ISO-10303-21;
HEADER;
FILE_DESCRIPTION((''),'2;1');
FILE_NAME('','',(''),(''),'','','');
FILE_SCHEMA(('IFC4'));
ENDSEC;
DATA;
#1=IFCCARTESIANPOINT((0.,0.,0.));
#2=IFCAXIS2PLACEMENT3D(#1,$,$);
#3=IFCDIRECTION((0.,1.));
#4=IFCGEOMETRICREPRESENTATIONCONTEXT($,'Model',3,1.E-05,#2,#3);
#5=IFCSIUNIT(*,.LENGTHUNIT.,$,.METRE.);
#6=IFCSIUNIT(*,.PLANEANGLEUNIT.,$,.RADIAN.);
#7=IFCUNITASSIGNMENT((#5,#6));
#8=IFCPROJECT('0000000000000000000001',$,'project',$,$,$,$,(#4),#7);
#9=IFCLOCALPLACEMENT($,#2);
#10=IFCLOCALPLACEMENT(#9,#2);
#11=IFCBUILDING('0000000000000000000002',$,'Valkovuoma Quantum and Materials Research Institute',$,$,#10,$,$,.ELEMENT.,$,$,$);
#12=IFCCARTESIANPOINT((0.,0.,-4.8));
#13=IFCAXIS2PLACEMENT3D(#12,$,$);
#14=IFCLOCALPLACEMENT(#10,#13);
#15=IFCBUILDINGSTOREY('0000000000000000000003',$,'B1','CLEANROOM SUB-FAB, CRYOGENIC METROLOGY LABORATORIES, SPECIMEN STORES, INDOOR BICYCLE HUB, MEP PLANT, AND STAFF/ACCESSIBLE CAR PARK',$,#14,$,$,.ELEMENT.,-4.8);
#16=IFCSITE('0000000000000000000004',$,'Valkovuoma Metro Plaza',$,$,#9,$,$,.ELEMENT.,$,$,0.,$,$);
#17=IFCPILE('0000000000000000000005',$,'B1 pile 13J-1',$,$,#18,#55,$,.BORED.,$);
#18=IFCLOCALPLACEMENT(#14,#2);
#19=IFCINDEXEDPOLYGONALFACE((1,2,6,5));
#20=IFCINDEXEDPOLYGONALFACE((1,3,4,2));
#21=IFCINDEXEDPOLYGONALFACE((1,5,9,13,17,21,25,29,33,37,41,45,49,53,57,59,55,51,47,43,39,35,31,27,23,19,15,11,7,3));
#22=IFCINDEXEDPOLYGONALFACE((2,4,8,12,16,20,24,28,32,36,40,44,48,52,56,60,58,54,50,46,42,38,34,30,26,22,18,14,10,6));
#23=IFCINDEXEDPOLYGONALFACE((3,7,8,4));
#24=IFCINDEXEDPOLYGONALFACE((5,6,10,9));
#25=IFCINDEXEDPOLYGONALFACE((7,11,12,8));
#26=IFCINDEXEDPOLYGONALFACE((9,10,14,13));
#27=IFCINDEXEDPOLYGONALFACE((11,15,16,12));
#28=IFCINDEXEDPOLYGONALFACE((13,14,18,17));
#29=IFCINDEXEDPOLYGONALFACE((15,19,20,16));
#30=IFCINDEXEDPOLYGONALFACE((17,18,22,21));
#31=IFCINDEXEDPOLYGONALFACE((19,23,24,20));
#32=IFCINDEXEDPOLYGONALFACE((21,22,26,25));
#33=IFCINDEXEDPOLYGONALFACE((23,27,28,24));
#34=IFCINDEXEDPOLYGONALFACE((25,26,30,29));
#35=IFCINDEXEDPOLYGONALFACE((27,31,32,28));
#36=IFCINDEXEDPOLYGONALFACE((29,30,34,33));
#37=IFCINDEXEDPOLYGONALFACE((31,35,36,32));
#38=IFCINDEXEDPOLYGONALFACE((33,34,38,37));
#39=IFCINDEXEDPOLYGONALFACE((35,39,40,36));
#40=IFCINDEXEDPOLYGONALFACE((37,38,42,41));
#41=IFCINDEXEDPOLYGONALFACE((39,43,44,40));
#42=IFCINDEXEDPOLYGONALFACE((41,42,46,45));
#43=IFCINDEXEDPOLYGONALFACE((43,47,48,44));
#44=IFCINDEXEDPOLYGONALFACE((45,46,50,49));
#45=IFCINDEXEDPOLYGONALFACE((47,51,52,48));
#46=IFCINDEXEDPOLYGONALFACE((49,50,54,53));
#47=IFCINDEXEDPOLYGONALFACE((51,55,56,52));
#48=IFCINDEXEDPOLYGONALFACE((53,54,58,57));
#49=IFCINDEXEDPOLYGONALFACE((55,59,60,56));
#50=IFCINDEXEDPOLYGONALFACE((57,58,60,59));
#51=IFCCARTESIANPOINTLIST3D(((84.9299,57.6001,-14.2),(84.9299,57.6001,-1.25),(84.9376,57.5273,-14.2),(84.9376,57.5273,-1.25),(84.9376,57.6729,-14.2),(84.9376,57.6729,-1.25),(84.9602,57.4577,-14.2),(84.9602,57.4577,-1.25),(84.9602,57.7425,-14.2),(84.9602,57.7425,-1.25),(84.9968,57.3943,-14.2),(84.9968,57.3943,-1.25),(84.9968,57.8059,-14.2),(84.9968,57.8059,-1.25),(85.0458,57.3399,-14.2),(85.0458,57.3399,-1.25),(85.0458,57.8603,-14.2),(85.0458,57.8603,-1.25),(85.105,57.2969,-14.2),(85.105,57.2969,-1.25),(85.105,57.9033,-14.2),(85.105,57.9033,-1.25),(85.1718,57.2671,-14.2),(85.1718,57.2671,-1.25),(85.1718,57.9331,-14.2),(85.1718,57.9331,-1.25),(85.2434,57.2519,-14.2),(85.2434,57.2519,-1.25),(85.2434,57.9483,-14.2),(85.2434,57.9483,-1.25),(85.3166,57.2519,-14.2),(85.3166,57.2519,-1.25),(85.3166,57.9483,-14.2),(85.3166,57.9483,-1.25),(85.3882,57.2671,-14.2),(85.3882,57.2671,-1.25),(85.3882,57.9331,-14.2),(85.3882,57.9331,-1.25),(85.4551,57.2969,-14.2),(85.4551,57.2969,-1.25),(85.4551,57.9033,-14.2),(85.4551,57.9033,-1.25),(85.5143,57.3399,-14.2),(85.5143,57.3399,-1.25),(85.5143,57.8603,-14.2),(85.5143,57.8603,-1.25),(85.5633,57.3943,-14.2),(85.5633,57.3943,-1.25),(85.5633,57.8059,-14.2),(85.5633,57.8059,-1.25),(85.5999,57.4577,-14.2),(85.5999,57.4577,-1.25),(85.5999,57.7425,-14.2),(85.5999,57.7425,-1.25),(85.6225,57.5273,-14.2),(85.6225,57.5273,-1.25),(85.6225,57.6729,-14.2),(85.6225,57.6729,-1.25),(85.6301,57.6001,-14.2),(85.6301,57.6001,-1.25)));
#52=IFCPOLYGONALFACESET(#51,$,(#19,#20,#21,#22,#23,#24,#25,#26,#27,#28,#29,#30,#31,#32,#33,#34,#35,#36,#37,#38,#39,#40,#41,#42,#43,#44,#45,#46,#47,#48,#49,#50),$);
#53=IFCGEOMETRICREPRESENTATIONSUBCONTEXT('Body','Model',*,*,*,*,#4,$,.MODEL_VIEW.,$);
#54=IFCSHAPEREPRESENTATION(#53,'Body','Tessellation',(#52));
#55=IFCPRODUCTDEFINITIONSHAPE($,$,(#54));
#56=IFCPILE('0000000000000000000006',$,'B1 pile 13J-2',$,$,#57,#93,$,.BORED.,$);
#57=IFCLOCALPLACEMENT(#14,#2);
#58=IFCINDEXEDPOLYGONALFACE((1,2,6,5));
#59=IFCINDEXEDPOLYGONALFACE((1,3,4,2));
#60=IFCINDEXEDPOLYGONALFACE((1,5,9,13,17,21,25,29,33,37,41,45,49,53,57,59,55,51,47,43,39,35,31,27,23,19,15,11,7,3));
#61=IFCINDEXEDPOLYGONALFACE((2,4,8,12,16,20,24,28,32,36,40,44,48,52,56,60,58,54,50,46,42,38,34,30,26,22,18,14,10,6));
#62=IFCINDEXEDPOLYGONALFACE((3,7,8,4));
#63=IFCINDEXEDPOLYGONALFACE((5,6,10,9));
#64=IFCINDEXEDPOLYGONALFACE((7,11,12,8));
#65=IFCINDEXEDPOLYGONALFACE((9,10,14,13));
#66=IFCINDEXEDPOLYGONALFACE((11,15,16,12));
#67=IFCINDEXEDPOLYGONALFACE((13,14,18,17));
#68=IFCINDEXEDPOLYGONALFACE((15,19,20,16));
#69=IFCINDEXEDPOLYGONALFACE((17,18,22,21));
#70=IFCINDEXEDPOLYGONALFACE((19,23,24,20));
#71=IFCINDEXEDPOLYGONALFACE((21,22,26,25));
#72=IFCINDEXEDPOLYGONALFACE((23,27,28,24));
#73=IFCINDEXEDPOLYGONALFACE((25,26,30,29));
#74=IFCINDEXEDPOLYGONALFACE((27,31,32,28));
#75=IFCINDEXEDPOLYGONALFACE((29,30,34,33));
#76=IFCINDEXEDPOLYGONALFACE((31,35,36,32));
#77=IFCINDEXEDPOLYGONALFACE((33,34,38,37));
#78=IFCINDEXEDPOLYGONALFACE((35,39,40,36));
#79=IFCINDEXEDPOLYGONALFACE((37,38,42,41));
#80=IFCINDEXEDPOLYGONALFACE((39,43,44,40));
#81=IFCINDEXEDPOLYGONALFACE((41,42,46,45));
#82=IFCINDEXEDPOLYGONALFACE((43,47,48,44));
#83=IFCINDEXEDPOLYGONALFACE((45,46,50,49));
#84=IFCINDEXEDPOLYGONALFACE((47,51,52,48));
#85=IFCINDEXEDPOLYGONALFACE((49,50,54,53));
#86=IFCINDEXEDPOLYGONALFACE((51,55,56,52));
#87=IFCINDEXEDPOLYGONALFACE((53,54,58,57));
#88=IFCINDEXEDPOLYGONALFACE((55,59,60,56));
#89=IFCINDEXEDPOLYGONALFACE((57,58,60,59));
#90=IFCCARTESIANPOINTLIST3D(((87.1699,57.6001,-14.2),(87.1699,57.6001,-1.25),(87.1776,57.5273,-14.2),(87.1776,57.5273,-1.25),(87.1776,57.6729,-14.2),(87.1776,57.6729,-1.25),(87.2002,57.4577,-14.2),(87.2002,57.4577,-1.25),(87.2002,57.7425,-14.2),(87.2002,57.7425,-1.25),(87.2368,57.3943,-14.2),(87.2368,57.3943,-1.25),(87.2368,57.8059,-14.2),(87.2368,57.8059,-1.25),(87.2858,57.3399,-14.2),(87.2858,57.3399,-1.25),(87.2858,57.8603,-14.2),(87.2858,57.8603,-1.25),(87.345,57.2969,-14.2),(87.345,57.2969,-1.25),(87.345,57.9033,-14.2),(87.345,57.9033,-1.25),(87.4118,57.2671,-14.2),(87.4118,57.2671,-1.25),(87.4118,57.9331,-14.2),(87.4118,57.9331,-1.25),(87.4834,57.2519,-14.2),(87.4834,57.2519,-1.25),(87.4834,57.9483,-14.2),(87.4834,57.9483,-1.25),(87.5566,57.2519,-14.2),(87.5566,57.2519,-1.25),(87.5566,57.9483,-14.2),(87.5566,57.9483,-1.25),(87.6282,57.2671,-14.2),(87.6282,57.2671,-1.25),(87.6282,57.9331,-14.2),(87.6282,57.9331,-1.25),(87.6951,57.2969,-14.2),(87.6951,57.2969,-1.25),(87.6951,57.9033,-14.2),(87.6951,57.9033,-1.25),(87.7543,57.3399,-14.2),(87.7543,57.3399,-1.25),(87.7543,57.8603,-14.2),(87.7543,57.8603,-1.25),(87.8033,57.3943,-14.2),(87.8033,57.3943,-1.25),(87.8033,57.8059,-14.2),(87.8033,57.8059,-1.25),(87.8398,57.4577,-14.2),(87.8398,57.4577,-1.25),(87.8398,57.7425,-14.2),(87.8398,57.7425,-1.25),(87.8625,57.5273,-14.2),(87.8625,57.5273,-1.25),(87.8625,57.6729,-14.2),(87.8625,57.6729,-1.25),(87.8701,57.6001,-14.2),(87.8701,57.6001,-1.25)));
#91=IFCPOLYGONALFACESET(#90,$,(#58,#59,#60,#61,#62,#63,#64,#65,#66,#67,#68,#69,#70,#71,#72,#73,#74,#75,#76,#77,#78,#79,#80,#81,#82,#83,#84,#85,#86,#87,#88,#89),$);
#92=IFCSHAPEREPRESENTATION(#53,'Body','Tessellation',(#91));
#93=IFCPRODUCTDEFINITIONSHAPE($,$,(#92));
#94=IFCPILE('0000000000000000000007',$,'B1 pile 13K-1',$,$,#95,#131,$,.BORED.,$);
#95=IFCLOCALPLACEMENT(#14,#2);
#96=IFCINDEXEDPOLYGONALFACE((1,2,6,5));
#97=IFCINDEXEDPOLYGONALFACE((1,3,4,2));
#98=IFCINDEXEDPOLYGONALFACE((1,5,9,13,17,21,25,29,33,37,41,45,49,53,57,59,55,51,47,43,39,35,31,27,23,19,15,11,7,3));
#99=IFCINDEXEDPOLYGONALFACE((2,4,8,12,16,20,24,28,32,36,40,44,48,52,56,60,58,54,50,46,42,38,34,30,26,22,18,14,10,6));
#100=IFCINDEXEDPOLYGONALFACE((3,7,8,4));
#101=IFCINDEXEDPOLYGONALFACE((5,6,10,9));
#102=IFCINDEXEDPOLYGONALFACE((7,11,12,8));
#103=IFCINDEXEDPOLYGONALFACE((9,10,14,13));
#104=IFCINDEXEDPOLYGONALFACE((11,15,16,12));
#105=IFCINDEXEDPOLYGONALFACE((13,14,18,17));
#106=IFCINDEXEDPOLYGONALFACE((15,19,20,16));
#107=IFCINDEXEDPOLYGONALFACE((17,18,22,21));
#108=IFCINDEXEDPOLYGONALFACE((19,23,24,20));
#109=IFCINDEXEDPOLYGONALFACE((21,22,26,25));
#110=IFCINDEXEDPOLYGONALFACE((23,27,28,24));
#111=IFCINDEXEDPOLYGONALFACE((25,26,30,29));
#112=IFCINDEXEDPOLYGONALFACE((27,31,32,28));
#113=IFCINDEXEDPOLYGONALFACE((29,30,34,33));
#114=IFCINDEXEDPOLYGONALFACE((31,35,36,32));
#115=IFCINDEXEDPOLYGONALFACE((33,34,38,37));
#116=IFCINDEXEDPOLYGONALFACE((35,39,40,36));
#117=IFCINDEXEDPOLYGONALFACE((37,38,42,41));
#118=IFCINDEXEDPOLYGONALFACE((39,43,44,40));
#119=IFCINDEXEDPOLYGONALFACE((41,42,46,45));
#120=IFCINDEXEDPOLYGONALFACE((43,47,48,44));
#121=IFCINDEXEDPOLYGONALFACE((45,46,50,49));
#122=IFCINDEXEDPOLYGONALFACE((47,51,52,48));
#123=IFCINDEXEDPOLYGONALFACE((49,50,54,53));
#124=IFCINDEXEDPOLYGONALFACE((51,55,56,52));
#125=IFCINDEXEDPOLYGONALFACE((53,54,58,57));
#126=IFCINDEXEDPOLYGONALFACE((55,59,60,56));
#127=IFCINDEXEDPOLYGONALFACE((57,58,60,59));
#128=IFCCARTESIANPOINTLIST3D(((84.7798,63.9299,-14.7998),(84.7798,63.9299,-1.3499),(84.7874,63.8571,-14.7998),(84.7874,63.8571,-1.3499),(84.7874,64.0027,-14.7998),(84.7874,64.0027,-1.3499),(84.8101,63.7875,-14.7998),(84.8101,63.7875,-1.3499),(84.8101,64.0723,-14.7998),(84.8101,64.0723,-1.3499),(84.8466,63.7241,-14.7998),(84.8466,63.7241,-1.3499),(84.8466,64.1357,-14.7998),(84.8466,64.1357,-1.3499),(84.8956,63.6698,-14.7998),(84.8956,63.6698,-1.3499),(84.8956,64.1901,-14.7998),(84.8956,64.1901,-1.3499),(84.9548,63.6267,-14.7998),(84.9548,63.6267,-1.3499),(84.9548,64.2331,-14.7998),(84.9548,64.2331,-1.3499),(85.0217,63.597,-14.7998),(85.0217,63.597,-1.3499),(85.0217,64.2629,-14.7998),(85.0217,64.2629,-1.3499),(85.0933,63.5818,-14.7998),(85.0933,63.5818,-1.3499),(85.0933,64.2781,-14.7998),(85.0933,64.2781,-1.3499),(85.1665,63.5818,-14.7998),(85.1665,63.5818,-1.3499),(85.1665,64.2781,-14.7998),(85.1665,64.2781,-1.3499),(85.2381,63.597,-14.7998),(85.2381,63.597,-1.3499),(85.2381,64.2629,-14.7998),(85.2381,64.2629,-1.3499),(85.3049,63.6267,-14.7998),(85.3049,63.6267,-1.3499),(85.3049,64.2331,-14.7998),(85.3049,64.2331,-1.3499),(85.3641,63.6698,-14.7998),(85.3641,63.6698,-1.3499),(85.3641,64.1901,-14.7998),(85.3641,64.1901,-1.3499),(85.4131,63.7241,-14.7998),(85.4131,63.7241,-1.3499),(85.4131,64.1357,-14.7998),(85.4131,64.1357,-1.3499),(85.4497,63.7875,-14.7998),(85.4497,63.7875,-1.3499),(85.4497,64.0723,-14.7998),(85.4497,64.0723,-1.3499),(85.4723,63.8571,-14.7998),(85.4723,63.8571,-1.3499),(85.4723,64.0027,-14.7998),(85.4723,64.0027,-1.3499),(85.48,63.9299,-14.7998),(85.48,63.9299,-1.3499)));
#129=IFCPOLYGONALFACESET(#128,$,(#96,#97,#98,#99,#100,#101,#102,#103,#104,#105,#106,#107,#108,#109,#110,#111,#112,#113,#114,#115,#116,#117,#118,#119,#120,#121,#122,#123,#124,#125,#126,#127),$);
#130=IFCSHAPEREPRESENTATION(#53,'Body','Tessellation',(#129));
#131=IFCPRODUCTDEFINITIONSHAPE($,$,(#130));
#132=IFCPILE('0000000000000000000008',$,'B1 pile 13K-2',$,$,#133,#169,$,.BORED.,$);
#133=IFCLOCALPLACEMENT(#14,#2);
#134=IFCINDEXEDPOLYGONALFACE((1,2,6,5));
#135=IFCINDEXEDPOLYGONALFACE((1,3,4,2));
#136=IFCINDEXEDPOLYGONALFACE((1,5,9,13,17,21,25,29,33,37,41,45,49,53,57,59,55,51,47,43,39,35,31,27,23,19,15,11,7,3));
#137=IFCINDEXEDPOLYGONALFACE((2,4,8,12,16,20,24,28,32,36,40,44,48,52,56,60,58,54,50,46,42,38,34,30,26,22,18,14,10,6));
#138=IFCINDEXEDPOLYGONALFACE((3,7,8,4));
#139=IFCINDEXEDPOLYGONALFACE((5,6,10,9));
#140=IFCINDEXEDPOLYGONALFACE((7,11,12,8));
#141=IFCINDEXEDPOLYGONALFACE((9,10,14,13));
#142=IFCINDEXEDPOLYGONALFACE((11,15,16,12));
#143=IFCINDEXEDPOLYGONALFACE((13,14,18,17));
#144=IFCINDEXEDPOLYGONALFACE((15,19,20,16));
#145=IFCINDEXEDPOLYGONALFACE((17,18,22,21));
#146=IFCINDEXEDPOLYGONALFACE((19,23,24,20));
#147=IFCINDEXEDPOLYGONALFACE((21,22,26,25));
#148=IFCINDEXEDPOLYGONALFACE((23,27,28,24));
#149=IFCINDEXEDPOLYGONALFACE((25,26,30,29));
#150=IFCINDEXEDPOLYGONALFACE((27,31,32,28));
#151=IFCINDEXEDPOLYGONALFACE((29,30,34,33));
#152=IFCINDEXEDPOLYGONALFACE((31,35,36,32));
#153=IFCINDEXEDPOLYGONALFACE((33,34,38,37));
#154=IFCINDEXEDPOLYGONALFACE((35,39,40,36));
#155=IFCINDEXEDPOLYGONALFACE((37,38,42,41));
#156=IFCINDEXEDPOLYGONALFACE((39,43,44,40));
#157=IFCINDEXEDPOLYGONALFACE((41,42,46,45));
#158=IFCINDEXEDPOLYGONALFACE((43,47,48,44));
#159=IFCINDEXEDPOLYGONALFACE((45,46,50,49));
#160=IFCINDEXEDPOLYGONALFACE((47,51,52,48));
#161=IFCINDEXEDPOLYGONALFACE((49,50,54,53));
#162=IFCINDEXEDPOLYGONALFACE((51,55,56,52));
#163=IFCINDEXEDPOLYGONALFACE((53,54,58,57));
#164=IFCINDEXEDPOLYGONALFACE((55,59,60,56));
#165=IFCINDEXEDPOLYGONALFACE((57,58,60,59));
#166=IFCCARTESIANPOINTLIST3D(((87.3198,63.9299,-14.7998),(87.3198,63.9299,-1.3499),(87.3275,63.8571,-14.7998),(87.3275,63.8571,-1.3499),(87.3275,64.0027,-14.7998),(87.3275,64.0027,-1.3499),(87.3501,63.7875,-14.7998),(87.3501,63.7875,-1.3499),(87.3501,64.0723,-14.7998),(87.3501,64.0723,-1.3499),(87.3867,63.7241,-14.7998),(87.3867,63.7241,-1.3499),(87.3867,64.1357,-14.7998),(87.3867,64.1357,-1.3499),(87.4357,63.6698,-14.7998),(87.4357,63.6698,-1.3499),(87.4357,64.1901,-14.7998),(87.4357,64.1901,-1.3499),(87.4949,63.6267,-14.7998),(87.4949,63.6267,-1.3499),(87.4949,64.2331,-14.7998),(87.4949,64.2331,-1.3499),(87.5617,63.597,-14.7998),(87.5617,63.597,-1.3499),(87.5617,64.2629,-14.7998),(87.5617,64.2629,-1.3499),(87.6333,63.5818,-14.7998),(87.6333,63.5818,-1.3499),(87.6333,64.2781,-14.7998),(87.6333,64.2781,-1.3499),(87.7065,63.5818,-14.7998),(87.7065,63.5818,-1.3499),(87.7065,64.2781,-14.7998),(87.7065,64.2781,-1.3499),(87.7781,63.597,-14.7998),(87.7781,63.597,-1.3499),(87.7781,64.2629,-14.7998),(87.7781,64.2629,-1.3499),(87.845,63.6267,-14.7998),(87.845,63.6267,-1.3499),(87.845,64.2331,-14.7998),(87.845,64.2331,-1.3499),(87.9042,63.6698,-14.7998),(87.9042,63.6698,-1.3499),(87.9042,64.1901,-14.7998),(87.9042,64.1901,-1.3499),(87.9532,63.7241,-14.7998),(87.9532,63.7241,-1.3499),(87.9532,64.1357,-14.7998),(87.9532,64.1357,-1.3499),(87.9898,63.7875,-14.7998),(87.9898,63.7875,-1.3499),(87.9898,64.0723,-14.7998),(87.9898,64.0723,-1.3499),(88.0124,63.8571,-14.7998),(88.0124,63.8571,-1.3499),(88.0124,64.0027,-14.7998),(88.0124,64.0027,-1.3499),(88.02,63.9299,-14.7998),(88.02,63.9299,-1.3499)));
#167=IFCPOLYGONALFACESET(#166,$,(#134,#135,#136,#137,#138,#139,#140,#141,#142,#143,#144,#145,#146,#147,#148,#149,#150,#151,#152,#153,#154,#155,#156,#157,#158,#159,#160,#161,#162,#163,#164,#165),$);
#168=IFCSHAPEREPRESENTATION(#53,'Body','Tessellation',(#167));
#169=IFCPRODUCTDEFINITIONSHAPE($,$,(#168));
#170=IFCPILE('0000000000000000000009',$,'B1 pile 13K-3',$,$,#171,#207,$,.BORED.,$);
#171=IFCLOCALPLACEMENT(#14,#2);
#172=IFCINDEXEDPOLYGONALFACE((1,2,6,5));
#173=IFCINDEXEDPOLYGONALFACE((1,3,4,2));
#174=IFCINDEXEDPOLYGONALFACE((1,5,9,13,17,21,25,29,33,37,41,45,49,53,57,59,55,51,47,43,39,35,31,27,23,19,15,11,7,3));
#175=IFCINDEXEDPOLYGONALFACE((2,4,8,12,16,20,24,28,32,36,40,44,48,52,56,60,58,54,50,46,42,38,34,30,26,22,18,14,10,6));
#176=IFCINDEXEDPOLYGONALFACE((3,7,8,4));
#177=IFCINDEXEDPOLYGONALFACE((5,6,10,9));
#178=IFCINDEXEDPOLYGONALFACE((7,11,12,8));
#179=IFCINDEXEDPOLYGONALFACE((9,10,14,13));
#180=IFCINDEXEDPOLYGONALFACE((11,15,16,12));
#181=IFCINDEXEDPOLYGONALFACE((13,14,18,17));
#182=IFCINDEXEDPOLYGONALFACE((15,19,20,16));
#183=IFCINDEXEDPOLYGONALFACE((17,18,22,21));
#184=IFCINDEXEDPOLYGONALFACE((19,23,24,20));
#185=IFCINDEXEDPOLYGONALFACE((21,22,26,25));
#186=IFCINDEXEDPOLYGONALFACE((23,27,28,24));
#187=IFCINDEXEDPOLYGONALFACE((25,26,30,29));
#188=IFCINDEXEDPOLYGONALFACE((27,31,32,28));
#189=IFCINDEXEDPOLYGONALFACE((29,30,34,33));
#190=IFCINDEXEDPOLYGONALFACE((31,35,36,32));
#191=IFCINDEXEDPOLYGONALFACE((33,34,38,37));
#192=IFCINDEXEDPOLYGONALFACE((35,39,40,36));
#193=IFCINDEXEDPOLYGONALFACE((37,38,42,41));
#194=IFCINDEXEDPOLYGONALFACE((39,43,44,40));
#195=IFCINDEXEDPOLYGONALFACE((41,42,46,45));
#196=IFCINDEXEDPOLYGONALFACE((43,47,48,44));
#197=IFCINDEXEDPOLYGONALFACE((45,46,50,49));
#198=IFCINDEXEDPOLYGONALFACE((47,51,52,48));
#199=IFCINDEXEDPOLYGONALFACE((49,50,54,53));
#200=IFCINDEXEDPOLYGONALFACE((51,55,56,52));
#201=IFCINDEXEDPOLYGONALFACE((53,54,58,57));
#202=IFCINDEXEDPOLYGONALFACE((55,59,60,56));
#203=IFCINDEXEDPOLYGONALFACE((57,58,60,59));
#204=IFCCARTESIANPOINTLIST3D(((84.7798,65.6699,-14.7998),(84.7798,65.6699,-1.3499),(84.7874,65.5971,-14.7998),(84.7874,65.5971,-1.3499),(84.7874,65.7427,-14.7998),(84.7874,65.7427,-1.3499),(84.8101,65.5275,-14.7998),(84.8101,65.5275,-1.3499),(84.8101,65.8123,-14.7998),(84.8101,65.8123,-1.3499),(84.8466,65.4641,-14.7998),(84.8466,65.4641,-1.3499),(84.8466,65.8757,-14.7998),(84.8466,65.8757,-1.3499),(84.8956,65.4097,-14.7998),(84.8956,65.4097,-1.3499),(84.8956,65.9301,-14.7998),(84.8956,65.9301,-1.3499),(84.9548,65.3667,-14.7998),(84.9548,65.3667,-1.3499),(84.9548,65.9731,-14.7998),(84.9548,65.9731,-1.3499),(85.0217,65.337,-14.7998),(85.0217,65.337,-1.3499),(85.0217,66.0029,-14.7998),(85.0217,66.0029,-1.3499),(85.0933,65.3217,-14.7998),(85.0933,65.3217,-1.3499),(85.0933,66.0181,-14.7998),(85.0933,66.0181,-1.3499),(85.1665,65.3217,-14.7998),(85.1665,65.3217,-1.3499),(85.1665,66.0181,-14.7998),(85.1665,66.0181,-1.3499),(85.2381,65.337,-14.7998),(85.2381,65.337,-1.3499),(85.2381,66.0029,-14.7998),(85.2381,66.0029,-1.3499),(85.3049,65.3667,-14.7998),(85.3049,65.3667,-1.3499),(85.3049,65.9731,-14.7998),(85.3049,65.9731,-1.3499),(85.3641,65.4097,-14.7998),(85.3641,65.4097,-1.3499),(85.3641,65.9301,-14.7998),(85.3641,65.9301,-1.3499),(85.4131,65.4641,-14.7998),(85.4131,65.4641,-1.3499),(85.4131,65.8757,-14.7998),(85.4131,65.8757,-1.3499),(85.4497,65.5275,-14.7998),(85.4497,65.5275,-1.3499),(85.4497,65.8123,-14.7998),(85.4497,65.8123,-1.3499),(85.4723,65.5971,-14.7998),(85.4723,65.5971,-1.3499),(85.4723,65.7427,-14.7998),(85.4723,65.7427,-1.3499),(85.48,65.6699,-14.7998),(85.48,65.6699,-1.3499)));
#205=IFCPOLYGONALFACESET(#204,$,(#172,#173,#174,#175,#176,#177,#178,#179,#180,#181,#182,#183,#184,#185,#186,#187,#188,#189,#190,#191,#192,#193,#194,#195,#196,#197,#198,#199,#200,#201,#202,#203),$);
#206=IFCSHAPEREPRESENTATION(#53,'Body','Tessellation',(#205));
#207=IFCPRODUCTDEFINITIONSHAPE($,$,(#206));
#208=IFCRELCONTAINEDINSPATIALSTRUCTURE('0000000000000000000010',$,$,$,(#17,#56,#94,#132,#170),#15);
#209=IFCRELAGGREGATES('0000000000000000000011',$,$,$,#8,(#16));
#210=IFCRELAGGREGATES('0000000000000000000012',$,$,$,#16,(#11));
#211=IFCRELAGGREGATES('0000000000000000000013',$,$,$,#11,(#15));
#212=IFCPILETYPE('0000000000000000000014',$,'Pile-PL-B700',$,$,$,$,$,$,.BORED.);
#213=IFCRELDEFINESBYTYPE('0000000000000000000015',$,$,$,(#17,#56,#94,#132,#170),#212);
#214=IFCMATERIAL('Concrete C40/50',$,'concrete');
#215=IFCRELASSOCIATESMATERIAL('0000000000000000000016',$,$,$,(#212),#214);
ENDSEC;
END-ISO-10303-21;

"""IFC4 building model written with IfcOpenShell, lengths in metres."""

from ifc_helpers import new_model, si_unit, direction, frame, origin, origin_2d, place, context, subcontext, project, spatial, circle, extrude, material, material_profile, profile_set, type_object, element, save


model = new_model("IFC4")

# Units and contexts
model_context = context("Model", 3, precision=1e-05, world=origin(), true_north=direction((0.0, 1.0)))
body_context = subcontext(model_context, "Body", "Model", "MODEL_VIEW")
ifc_project = project(units=[si_unit("LENGTHUNIT", "METRE"), si_unit("PLANEANGLEUNIT", "RADIAN")], contexts=[model_context])

# Site, building, storey
site_placement = place(None, origin())
site = spatial("IfcSite", under=ifc_project, at=site_placement, Name="Valkovuoma Metro Plaza", CompositionType="ELEMENT", RefElevation=0.0)
building_placement = place(site_placement, origin())
building = spatial("IfcBuilding", under=site, at=building_placement, Name="Valkovuoma Quantum and Materials Research Institute", CompositionType="ELEMENT")
storey_placement = place(building_placement, frame((0.0, 0.0, -4.8)))
storey = spatial("IfcBuildingStorey", under=building, at=storey_placement, Name="B1", Description="CLEANROOM SUB-FAB, CRYOGENIC METROLOGY LABORATORIES, SPECIMEN STORES, INDOOR BICYCLE HUB, MEP PLANT, AND STAFF/ACCESSIBLE CAR PARK", CompositionType="ELEMENT", Elevation=-4.8)

# Piles
ifc_material_1 = material(Name="Concrete C40/50", Category="concrete")
ifc_material_profile_1 = material_profile(ifc_material_1, circle(Radius=0.3501, at=origin_2d()), Name="Concrete C40/50")
ifc_profile_set_1 = profile_set([ifc_material_profile_1], Name="Concrete C40/50")
pile_type_1 = type_object("IfcPileType", Name="Pile-PL-B700", PredefinedType="BORED", material=ifc_profile_set_1)
for number, where, z_axis, x_axis, name in (
    (1, (85.28, 57.6001, -1.25), (0.0, 0.0, -1.0), (1.0, 0.0, 0.0), "B1 pile 13J-1"),
    (2, (87.52, 57.6001, -1.25), (0.0, 0.0, -1.0), (1.0, 0.0, 0.0), "B1 pile 13J-2"),
):
    element("IfcPile", number, at=place(storey_placement, frame(where, z_axis=z_axis, x_axis=x_axis)), inside=storey, type_object=pile_type_1, Name=name, PredefinedType="BORED", context=body_context, shape_type="SweptSolid", body=[
        extrude(circle(Radius=0.3501, at=origin_2d()), origin(), (0.0, 0.0, 1.0), 12.95),
    ])
for number, where, z_axis, x_axis, name in (
    (3, (85.1299, 63.9299, -1.3499), (0.0, 0.0, -1.0), (1.0, 0.0, 0.0), "B1 pile 13K-1"),
    (4, (87.6699, 63.9299, -1.3499), (0.0, 0.0, -1.0), (1.0, 0.0, 0.0), "B1 pile 13K-2"),
    (5, (85.1299, 65.6699, -1.3499), (0.0, 0.0, -1.0), (1.0, 0.0, 0.0), "B1 pile 13K-3"),
):
    element("IfcPile", number, at=place(storey_placement, frame(where, z_axis=z_axis, x_axis=x_axis)), inside=storey, type_object=pile_type_1, Name=name, PredefinedType="BORED", context=body_context, shape_type="SweptSolid", body=[
        extrude(circle(Radius=0.3501, at=origin_2d()), origin(), (0.0, 0.0, 1.0), 13.45),
    ])

save(model, "model.ifc")
